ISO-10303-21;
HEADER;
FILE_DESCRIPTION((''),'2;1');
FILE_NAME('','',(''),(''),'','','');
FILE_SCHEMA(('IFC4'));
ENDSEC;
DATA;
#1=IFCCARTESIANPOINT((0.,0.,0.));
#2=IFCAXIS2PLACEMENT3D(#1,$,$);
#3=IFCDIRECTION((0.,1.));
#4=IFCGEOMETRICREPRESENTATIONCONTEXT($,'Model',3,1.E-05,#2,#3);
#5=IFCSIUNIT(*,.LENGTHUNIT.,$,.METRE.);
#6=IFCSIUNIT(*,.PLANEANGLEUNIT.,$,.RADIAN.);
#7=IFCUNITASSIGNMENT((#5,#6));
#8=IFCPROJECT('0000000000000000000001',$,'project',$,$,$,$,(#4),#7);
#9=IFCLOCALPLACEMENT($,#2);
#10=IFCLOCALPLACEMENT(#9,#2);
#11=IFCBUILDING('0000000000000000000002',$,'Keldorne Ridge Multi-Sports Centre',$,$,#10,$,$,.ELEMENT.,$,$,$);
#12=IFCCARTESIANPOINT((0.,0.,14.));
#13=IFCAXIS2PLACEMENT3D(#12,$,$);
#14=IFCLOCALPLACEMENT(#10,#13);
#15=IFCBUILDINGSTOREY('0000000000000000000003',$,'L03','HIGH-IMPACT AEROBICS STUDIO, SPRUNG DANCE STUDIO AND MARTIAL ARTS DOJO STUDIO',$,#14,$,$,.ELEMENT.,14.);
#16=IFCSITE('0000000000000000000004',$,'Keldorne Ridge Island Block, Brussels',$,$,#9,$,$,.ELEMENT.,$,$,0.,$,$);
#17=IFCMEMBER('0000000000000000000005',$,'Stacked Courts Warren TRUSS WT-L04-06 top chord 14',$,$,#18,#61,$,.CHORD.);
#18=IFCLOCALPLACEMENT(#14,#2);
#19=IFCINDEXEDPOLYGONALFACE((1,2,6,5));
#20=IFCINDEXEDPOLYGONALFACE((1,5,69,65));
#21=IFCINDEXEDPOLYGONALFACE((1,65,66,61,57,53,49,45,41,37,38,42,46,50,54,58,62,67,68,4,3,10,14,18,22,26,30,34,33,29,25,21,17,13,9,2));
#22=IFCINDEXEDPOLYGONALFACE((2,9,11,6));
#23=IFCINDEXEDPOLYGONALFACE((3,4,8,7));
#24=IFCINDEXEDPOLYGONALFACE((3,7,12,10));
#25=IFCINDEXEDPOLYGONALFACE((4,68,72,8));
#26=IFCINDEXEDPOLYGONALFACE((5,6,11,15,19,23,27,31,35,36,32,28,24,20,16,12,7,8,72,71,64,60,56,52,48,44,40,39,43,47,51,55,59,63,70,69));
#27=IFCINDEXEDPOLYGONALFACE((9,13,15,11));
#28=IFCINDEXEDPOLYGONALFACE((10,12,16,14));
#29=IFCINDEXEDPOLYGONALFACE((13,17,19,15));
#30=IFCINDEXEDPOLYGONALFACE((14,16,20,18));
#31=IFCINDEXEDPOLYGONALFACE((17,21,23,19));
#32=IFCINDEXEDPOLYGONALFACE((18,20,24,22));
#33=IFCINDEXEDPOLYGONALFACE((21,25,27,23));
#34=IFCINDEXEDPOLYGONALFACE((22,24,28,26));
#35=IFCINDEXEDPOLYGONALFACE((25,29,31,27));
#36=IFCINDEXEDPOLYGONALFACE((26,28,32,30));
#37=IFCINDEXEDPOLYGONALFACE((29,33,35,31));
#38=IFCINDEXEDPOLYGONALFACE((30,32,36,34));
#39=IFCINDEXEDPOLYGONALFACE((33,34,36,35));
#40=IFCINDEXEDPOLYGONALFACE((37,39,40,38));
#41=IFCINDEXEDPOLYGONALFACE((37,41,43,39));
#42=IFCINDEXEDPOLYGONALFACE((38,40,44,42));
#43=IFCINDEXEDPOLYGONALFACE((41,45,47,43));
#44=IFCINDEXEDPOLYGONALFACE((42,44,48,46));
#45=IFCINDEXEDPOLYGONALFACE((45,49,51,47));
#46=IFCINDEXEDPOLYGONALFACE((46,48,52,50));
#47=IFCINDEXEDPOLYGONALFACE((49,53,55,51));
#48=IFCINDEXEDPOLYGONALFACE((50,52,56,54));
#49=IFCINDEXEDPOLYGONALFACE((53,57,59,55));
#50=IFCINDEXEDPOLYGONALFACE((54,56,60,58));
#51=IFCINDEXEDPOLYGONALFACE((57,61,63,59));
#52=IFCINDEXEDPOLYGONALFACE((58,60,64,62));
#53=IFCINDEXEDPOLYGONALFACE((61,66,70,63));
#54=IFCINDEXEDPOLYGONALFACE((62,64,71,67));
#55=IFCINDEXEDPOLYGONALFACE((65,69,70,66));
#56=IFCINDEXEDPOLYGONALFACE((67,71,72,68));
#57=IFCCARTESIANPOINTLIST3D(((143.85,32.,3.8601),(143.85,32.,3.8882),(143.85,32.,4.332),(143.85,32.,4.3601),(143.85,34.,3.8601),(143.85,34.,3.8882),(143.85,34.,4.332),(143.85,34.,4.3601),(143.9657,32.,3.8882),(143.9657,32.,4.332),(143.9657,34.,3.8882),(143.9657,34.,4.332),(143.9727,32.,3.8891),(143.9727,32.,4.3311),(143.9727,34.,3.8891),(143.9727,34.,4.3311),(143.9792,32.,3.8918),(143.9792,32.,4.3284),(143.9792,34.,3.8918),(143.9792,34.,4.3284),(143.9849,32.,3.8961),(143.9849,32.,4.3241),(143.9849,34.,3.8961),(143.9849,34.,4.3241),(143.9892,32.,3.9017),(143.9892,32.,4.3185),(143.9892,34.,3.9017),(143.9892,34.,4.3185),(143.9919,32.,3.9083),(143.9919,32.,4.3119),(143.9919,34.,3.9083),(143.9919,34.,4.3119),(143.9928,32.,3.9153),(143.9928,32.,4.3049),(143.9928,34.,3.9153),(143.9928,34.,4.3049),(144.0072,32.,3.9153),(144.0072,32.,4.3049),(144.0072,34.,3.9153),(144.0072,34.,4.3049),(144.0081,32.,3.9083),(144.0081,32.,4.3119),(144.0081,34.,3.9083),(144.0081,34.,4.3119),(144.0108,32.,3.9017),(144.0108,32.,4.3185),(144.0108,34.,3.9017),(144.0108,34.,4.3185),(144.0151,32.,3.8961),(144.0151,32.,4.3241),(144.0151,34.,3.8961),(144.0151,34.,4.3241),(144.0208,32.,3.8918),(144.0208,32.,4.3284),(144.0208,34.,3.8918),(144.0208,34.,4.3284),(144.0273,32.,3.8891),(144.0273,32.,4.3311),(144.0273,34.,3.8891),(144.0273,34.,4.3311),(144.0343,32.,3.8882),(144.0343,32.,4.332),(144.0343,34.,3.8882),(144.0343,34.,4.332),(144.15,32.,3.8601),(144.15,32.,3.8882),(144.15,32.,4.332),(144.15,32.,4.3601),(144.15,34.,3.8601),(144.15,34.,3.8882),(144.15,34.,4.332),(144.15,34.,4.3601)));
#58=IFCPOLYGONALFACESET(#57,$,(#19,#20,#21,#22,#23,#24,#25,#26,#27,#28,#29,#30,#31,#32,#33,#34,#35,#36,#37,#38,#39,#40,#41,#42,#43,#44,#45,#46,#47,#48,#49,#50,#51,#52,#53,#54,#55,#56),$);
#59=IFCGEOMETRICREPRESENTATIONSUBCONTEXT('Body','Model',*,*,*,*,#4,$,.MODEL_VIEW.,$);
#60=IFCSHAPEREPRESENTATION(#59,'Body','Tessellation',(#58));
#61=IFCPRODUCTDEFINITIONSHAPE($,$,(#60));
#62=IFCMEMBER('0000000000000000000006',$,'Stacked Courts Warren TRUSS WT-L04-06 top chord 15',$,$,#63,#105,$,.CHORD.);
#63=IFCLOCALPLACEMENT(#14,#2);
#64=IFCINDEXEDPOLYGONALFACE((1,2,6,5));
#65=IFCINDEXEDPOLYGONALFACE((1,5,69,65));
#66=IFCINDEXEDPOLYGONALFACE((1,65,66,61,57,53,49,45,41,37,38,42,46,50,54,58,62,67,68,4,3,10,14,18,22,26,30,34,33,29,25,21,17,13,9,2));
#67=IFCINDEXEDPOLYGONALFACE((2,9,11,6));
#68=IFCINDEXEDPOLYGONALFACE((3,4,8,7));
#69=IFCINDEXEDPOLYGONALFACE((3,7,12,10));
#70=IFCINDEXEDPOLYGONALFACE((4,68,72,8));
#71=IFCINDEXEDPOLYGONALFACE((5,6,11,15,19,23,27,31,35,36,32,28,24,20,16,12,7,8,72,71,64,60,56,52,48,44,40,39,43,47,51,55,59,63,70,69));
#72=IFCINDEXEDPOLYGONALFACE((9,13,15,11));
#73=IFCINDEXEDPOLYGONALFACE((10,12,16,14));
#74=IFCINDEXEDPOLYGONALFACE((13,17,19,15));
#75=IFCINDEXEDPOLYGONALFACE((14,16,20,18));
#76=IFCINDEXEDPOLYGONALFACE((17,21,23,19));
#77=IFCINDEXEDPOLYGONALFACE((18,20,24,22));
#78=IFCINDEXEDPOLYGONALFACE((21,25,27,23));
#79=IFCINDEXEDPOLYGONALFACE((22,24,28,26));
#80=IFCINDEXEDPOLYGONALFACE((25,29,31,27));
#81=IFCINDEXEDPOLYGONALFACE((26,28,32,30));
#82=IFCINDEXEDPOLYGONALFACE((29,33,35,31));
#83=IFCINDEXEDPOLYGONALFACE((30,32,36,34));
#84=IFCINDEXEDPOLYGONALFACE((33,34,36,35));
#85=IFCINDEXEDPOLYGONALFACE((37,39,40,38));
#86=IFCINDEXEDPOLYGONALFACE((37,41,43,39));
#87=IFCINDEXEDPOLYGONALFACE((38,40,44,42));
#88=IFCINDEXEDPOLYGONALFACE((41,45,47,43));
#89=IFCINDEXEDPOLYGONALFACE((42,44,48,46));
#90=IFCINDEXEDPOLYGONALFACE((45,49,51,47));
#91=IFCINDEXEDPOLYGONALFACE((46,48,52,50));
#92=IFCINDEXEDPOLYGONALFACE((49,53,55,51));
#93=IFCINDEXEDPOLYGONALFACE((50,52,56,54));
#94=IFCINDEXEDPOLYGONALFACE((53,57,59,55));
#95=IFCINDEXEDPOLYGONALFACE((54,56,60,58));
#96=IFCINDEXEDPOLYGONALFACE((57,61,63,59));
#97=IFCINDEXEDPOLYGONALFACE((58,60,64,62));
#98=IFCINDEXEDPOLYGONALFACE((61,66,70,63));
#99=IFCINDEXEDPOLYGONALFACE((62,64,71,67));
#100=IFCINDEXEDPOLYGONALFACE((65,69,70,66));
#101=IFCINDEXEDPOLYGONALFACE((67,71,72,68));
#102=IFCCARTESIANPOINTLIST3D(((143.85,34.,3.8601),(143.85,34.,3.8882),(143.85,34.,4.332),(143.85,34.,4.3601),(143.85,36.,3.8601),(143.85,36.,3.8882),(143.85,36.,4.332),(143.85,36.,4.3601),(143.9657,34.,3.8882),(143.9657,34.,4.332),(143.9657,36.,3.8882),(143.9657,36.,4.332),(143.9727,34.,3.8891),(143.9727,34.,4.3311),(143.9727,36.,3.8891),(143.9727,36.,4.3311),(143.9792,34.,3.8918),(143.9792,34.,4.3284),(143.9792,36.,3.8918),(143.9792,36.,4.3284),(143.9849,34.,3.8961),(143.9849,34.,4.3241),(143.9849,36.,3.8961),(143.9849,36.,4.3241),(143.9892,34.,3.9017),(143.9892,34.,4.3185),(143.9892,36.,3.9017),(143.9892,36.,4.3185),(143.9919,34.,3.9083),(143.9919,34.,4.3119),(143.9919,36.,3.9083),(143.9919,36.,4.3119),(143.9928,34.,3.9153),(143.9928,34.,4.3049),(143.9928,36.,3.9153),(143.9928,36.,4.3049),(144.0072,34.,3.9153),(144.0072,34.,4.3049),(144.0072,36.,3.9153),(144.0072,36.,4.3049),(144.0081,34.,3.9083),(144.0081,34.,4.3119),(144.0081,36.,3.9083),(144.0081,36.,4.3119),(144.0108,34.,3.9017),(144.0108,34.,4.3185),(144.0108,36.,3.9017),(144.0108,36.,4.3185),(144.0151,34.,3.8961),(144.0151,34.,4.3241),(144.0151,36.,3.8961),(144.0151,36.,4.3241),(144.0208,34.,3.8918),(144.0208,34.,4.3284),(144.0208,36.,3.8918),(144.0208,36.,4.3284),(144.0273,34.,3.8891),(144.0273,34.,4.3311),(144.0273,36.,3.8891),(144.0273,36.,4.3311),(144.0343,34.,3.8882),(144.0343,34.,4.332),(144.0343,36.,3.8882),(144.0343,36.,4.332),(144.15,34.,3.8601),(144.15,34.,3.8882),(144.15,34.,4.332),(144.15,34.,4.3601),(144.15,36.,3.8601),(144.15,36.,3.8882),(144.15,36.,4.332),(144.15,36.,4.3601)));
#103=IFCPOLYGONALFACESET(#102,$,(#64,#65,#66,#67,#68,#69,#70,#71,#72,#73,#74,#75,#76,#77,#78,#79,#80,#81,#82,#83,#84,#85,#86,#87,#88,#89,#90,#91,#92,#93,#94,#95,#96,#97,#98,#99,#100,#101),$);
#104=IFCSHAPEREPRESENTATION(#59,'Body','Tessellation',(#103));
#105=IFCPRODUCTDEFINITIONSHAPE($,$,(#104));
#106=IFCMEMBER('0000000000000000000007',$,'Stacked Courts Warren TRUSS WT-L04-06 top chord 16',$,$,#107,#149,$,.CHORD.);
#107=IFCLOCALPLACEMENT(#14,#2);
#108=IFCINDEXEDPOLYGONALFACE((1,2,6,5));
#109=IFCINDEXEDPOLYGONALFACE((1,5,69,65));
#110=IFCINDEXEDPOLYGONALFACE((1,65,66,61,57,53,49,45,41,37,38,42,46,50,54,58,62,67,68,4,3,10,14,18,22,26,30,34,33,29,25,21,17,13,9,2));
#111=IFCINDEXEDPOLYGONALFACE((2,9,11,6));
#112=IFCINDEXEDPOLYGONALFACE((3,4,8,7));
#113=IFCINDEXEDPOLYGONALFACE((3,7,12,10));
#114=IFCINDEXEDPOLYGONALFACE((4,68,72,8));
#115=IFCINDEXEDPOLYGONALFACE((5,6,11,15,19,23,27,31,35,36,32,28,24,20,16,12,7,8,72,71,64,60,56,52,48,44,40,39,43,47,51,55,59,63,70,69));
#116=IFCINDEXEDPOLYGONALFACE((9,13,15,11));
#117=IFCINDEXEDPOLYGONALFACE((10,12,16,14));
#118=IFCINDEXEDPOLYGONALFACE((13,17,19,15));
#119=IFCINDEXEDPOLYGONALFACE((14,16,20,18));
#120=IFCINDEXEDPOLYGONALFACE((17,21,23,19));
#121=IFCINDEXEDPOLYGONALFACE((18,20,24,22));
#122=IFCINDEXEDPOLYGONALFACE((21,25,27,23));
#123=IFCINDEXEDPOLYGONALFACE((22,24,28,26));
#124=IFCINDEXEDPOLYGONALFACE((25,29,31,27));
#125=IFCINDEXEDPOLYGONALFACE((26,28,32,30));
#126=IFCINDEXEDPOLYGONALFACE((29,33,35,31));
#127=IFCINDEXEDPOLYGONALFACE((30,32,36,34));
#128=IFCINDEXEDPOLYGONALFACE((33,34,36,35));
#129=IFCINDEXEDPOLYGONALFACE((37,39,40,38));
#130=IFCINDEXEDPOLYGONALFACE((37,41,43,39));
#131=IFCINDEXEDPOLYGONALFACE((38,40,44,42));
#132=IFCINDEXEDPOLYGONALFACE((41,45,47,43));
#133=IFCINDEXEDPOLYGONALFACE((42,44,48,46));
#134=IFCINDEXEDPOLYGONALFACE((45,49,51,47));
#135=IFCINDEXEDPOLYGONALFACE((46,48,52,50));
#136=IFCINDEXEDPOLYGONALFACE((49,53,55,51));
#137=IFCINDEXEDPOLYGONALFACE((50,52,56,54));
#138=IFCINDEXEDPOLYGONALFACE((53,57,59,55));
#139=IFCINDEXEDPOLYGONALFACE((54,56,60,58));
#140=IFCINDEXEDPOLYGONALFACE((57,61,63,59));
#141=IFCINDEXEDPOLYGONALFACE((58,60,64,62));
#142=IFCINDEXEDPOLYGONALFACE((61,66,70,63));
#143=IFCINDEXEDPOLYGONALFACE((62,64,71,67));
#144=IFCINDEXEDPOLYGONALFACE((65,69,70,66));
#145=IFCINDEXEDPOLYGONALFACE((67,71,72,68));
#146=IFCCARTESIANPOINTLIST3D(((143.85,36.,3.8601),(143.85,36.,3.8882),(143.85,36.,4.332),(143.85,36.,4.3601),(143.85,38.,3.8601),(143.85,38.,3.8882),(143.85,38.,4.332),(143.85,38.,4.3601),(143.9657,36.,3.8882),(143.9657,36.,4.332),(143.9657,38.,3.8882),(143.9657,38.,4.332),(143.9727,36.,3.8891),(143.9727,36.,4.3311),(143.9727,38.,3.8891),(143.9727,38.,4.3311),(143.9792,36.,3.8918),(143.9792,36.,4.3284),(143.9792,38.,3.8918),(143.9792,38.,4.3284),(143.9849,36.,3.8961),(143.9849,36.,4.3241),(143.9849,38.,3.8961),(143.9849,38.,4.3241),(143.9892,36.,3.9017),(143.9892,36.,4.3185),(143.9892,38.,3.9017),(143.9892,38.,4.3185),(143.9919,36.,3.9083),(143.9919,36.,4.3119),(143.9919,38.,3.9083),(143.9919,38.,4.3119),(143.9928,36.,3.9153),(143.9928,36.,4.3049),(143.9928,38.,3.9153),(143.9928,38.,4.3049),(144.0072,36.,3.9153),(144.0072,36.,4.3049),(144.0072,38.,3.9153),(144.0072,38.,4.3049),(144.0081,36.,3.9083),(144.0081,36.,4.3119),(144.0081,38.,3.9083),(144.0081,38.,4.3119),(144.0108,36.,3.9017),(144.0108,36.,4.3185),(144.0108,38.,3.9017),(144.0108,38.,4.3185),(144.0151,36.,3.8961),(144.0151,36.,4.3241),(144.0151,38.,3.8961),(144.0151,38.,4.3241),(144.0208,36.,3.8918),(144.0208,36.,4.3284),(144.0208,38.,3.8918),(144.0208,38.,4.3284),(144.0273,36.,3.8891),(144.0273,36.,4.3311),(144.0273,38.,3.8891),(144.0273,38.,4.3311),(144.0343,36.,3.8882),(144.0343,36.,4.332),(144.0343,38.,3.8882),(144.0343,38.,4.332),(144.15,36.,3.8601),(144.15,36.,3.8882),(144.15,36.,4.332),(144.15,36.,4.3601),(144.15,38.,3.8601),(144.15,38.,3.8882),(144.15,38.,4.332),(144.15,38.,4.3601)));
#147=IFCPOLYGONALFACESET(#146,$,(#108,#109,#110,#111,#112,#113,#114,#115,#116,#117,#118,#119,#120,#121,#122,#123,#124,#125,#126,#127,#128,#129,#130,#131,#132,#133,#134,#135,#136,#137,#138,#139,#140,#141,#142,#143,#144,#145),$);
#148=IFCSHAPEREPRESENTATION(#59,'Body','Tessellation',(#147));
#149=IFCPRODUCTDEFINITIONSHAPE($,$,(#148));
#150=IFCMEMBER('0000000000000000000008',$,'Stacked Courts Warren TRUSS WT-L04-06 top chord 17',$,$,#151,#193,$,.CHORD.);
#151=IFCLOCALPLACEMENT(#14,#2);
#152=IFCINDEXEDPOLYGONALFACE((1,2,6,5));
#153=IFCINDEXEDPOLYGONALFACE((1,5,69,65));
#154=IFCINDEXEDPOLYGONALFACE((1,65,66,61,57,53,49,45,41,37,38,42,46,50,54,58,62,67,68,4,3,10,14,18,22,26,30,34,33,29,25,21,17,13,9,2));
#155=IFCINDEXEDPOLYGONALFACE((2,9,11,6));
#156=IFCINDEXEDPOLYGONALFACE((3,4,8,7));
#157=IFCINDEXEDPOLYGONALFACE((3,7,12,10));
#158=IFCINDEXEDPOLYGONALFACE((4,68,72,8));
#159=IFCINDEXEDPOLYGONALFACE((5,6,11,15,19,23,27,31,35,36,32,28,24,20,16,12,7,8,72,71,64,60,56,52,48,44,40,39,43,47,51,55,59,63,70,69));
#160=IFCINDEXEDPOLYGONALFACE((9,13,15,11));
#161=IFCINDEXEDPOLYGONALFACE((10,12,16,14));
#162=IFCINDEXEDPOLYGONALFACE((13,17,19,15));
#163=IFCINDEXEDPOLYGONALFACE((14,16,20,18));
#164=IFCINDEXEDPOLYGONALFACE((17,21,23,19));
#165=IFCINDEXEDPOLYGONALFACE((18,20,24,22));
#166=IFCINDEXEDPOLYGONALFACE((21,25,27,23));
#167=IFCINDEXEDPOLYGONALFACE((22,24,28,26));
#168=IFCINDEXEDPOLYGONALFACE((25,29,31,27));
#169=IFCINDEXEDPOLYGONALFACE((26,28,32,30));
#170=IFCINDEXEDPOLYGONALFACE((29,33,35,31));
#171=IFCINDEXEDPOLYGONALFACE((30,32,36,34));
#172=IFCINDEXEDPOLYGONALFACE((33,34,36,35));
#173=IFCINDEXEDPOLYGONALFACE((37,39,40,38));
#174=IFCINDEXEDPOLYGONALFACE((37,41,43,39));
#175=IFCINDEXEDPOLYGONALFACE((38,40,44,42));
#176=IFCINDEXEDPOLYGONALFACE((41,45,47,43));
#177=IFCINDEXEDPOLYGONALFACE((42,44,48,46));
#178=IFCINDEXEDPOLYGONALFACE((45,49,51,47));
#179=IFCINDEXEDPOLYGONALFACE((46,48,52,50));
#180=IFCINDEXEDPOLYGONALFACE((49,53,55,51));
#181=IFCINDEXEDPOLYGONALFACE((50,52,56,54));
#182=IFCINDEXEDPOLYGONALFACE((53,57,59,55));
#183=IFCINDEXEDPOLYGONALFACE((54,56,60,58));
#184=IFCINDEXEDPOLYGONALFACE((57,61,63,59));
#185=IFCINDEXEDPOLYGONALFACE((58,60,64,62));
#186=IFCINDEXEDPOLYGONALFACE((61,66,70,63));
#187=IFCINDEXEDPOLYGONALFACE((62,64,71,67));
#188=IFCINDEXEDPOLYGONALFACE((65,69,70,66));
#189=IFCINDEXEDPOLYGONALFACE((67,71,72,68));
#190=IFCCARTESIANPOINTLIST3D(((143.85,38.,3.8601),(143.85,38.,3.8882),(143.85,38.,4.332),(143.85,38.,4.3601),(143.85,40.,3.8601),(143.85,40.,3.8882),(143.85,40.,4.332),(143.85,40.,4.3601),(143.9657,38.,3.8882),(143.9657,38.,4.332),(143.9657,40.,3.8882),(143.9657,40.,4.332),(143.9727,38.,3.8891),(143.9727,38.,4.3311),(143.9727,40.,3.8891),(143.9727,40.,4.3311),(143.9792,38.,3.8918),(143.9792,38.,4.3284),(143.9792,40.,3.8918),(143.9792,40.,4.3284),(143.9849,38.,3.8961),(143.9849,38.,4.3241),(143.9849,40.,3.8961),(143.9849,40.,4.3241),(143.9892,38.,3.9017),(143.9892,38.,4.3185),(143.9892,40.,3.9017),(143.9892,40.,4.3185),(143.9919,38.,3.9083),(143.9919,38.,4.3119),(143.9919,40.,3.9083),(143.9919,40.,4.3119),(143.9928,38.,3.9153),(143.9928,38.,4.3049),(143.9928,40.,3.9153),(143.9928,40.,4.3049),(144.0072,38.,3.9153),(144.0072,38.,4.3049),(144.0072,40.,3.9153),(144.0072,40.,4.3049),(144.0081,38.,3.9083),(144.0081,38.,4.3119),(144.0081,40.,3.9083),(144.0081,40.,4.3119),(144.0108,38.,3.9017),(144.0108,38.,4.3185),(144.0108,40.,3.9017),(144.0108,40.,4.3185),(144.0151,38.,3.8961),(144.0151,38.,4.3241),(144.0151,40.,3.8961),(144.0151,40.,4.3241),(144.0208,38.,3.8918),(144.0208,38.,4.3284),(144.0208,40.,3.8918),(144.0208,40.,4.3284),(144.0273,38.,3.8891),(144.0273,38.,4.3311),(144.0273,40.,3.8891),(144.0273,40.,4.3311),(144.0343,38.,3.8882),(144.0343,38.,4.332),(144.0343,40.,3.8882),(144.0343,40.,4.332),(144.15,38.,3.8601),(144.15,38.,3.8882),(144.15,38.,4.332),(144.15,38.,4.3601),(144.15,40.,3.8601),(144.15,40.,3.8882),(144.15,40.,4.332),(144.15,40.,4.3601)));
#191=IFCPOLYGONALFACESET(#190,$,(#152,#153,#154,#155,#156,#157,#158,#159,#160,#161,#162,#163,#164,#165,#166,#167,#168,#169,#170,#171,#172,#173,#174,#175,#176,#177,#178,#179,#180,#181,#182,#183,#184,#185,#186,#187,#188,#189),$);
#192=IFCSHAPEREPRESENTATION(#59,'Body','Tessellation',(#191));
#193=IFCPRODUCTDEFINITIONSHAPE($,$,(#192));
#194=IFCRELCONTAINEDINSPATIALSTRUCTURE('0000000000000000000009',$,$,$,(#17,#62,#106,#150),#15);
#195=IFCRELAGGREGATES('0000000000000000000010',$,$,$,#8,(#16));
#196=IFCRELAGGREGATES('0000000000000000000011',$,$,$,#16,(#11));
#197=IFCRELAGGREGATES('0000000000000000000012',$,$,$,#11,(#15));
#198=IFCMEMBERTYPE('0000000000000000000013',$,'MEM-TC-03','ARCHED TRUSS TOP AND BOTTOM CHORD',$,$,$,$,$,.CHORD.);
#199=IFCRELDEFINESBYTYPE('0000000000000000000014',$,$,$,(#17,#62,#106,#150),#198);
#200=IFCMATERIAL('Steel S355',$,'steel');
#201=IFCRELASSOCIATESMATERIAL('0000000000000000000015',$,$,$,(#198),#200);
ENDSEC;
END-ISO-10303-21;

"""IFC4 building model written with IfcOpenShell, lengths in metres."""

from ifc_helpers import new_model, si_unit, direction, frame, origin, origin_2d, place, context, subcontext, project, spatial, i_section, extrude, material, material_profile, profile_set, type_object, element, save


model = new_model("IFC4")

# Units and contexts
model_context = context("Model", 3, precision=1e-05, world=origin(), true_north=direction((0.0, 1.0)))
body_context = subcontext(model_context, "Body", "Model", "MODEL_VIEW")
ifc_project = project(units=[si_unit("LENGTHUNIT", "METRE"), si_unit("PLANEANGLEUNIT", "RADIAN")], contexts=[model_context])

# Site, building, storey
site_placement = place(None, origin())
site = spatial("IfcSite", under=ifc_project, at=site_placement, Name="Keldorne Ridge Island Block, Brussels", CompositionType="ELEMENT", RefElevation=0.0)
building_placement = place(site_placement, origin())
building = spatial("IfcBuilding", under=site, at=building_placement, Name="Keldorne Ridge Multi-Sports Centre", CompositionType="ELEMENT")
storey_placement = place(building_placement, frame((0.0, 0.0, 14.0)))
storey = spatial("IfcBuildingStorey", under=building, at=storey_placement, Name="L03", Description="HIGH-IMPACT AEROBICS STUDIO, SPRUNG DANCE STUDIO AND MARTIAL ARTS DOJO STUDIO", CompositionType="ELEMENT", Elevation=14.0)

# Members
ifc_material = material(Name="Steel S355", Category="steel")
ifc_material_profile_1 = material_profile(ifc_material, i_section(OverallWidth=0.3, OverallDepth=0.5, WebThickness=0.0144, FlangeThickness=0.0281, FilletRadius=0.0271, at=origin_2d()), Name="HEB 500")
ifc_profile_set_1 = profile_set([ifc_material_profile_1], Name="Steel S355")
member_type_1 = type_object("IfcMemberType", Name="MEM-TC-03", Description="ARCHED TRUSS TOP AND BOTTOM CHORD", PredefinedType="CHORD", material=ifc_profile_set_1)
for number, where, z_axis, x_axis, name in (
    (1, (144.0, 32.0, 4.1101), (0.0, 1.0, 0.0), (-1.0, 0.0, 0.0), "Stacked Courts Warren TRUSS WT-L04-06 top chord 14"),
    (2, (144.0, 34.0, 4.1101), (0.0, 1.0, 0.0), (-1.0, 0.0, 0.0), "Stacked Courts Warren TRUSS WT-L04-06 top chord 15"),
    (3, (144.0, 36.0, 4.1101), (0.0, 1.0, 0.0), (-1.0, 0.0, 0.0), "Stacked Courts Warren TRUSS WT-L04-06 top chord 16"),
    (4, (144.0, 38.0, 4.1101), (0.0, 1.0, 0.0), (-1.0, 0.0, 0.0), "Stacked Courts Warren TRUSS WT-L04-06 top chord 17"),
):
    element("IfcMember", number, at=place(storey_placement, frame(where, z_axis=z_axis, x_axis=x_axis)), inside=storey, type_object=member_type_1, Name=name, PredefinedType="CHORD", context=body_context, shape_type="SweptSolid", body=[
        extrude(i_section(OverallWidth=0.3, OverallDepth=0.5, WebThickness=0.0144, FlangeThickness=0.0281, FilletRadius=0.0271, at=origin_2d()), origin(), (0.0, 0.0, 1.0), 2.0),
    ])

save(model, "model.ifc")
